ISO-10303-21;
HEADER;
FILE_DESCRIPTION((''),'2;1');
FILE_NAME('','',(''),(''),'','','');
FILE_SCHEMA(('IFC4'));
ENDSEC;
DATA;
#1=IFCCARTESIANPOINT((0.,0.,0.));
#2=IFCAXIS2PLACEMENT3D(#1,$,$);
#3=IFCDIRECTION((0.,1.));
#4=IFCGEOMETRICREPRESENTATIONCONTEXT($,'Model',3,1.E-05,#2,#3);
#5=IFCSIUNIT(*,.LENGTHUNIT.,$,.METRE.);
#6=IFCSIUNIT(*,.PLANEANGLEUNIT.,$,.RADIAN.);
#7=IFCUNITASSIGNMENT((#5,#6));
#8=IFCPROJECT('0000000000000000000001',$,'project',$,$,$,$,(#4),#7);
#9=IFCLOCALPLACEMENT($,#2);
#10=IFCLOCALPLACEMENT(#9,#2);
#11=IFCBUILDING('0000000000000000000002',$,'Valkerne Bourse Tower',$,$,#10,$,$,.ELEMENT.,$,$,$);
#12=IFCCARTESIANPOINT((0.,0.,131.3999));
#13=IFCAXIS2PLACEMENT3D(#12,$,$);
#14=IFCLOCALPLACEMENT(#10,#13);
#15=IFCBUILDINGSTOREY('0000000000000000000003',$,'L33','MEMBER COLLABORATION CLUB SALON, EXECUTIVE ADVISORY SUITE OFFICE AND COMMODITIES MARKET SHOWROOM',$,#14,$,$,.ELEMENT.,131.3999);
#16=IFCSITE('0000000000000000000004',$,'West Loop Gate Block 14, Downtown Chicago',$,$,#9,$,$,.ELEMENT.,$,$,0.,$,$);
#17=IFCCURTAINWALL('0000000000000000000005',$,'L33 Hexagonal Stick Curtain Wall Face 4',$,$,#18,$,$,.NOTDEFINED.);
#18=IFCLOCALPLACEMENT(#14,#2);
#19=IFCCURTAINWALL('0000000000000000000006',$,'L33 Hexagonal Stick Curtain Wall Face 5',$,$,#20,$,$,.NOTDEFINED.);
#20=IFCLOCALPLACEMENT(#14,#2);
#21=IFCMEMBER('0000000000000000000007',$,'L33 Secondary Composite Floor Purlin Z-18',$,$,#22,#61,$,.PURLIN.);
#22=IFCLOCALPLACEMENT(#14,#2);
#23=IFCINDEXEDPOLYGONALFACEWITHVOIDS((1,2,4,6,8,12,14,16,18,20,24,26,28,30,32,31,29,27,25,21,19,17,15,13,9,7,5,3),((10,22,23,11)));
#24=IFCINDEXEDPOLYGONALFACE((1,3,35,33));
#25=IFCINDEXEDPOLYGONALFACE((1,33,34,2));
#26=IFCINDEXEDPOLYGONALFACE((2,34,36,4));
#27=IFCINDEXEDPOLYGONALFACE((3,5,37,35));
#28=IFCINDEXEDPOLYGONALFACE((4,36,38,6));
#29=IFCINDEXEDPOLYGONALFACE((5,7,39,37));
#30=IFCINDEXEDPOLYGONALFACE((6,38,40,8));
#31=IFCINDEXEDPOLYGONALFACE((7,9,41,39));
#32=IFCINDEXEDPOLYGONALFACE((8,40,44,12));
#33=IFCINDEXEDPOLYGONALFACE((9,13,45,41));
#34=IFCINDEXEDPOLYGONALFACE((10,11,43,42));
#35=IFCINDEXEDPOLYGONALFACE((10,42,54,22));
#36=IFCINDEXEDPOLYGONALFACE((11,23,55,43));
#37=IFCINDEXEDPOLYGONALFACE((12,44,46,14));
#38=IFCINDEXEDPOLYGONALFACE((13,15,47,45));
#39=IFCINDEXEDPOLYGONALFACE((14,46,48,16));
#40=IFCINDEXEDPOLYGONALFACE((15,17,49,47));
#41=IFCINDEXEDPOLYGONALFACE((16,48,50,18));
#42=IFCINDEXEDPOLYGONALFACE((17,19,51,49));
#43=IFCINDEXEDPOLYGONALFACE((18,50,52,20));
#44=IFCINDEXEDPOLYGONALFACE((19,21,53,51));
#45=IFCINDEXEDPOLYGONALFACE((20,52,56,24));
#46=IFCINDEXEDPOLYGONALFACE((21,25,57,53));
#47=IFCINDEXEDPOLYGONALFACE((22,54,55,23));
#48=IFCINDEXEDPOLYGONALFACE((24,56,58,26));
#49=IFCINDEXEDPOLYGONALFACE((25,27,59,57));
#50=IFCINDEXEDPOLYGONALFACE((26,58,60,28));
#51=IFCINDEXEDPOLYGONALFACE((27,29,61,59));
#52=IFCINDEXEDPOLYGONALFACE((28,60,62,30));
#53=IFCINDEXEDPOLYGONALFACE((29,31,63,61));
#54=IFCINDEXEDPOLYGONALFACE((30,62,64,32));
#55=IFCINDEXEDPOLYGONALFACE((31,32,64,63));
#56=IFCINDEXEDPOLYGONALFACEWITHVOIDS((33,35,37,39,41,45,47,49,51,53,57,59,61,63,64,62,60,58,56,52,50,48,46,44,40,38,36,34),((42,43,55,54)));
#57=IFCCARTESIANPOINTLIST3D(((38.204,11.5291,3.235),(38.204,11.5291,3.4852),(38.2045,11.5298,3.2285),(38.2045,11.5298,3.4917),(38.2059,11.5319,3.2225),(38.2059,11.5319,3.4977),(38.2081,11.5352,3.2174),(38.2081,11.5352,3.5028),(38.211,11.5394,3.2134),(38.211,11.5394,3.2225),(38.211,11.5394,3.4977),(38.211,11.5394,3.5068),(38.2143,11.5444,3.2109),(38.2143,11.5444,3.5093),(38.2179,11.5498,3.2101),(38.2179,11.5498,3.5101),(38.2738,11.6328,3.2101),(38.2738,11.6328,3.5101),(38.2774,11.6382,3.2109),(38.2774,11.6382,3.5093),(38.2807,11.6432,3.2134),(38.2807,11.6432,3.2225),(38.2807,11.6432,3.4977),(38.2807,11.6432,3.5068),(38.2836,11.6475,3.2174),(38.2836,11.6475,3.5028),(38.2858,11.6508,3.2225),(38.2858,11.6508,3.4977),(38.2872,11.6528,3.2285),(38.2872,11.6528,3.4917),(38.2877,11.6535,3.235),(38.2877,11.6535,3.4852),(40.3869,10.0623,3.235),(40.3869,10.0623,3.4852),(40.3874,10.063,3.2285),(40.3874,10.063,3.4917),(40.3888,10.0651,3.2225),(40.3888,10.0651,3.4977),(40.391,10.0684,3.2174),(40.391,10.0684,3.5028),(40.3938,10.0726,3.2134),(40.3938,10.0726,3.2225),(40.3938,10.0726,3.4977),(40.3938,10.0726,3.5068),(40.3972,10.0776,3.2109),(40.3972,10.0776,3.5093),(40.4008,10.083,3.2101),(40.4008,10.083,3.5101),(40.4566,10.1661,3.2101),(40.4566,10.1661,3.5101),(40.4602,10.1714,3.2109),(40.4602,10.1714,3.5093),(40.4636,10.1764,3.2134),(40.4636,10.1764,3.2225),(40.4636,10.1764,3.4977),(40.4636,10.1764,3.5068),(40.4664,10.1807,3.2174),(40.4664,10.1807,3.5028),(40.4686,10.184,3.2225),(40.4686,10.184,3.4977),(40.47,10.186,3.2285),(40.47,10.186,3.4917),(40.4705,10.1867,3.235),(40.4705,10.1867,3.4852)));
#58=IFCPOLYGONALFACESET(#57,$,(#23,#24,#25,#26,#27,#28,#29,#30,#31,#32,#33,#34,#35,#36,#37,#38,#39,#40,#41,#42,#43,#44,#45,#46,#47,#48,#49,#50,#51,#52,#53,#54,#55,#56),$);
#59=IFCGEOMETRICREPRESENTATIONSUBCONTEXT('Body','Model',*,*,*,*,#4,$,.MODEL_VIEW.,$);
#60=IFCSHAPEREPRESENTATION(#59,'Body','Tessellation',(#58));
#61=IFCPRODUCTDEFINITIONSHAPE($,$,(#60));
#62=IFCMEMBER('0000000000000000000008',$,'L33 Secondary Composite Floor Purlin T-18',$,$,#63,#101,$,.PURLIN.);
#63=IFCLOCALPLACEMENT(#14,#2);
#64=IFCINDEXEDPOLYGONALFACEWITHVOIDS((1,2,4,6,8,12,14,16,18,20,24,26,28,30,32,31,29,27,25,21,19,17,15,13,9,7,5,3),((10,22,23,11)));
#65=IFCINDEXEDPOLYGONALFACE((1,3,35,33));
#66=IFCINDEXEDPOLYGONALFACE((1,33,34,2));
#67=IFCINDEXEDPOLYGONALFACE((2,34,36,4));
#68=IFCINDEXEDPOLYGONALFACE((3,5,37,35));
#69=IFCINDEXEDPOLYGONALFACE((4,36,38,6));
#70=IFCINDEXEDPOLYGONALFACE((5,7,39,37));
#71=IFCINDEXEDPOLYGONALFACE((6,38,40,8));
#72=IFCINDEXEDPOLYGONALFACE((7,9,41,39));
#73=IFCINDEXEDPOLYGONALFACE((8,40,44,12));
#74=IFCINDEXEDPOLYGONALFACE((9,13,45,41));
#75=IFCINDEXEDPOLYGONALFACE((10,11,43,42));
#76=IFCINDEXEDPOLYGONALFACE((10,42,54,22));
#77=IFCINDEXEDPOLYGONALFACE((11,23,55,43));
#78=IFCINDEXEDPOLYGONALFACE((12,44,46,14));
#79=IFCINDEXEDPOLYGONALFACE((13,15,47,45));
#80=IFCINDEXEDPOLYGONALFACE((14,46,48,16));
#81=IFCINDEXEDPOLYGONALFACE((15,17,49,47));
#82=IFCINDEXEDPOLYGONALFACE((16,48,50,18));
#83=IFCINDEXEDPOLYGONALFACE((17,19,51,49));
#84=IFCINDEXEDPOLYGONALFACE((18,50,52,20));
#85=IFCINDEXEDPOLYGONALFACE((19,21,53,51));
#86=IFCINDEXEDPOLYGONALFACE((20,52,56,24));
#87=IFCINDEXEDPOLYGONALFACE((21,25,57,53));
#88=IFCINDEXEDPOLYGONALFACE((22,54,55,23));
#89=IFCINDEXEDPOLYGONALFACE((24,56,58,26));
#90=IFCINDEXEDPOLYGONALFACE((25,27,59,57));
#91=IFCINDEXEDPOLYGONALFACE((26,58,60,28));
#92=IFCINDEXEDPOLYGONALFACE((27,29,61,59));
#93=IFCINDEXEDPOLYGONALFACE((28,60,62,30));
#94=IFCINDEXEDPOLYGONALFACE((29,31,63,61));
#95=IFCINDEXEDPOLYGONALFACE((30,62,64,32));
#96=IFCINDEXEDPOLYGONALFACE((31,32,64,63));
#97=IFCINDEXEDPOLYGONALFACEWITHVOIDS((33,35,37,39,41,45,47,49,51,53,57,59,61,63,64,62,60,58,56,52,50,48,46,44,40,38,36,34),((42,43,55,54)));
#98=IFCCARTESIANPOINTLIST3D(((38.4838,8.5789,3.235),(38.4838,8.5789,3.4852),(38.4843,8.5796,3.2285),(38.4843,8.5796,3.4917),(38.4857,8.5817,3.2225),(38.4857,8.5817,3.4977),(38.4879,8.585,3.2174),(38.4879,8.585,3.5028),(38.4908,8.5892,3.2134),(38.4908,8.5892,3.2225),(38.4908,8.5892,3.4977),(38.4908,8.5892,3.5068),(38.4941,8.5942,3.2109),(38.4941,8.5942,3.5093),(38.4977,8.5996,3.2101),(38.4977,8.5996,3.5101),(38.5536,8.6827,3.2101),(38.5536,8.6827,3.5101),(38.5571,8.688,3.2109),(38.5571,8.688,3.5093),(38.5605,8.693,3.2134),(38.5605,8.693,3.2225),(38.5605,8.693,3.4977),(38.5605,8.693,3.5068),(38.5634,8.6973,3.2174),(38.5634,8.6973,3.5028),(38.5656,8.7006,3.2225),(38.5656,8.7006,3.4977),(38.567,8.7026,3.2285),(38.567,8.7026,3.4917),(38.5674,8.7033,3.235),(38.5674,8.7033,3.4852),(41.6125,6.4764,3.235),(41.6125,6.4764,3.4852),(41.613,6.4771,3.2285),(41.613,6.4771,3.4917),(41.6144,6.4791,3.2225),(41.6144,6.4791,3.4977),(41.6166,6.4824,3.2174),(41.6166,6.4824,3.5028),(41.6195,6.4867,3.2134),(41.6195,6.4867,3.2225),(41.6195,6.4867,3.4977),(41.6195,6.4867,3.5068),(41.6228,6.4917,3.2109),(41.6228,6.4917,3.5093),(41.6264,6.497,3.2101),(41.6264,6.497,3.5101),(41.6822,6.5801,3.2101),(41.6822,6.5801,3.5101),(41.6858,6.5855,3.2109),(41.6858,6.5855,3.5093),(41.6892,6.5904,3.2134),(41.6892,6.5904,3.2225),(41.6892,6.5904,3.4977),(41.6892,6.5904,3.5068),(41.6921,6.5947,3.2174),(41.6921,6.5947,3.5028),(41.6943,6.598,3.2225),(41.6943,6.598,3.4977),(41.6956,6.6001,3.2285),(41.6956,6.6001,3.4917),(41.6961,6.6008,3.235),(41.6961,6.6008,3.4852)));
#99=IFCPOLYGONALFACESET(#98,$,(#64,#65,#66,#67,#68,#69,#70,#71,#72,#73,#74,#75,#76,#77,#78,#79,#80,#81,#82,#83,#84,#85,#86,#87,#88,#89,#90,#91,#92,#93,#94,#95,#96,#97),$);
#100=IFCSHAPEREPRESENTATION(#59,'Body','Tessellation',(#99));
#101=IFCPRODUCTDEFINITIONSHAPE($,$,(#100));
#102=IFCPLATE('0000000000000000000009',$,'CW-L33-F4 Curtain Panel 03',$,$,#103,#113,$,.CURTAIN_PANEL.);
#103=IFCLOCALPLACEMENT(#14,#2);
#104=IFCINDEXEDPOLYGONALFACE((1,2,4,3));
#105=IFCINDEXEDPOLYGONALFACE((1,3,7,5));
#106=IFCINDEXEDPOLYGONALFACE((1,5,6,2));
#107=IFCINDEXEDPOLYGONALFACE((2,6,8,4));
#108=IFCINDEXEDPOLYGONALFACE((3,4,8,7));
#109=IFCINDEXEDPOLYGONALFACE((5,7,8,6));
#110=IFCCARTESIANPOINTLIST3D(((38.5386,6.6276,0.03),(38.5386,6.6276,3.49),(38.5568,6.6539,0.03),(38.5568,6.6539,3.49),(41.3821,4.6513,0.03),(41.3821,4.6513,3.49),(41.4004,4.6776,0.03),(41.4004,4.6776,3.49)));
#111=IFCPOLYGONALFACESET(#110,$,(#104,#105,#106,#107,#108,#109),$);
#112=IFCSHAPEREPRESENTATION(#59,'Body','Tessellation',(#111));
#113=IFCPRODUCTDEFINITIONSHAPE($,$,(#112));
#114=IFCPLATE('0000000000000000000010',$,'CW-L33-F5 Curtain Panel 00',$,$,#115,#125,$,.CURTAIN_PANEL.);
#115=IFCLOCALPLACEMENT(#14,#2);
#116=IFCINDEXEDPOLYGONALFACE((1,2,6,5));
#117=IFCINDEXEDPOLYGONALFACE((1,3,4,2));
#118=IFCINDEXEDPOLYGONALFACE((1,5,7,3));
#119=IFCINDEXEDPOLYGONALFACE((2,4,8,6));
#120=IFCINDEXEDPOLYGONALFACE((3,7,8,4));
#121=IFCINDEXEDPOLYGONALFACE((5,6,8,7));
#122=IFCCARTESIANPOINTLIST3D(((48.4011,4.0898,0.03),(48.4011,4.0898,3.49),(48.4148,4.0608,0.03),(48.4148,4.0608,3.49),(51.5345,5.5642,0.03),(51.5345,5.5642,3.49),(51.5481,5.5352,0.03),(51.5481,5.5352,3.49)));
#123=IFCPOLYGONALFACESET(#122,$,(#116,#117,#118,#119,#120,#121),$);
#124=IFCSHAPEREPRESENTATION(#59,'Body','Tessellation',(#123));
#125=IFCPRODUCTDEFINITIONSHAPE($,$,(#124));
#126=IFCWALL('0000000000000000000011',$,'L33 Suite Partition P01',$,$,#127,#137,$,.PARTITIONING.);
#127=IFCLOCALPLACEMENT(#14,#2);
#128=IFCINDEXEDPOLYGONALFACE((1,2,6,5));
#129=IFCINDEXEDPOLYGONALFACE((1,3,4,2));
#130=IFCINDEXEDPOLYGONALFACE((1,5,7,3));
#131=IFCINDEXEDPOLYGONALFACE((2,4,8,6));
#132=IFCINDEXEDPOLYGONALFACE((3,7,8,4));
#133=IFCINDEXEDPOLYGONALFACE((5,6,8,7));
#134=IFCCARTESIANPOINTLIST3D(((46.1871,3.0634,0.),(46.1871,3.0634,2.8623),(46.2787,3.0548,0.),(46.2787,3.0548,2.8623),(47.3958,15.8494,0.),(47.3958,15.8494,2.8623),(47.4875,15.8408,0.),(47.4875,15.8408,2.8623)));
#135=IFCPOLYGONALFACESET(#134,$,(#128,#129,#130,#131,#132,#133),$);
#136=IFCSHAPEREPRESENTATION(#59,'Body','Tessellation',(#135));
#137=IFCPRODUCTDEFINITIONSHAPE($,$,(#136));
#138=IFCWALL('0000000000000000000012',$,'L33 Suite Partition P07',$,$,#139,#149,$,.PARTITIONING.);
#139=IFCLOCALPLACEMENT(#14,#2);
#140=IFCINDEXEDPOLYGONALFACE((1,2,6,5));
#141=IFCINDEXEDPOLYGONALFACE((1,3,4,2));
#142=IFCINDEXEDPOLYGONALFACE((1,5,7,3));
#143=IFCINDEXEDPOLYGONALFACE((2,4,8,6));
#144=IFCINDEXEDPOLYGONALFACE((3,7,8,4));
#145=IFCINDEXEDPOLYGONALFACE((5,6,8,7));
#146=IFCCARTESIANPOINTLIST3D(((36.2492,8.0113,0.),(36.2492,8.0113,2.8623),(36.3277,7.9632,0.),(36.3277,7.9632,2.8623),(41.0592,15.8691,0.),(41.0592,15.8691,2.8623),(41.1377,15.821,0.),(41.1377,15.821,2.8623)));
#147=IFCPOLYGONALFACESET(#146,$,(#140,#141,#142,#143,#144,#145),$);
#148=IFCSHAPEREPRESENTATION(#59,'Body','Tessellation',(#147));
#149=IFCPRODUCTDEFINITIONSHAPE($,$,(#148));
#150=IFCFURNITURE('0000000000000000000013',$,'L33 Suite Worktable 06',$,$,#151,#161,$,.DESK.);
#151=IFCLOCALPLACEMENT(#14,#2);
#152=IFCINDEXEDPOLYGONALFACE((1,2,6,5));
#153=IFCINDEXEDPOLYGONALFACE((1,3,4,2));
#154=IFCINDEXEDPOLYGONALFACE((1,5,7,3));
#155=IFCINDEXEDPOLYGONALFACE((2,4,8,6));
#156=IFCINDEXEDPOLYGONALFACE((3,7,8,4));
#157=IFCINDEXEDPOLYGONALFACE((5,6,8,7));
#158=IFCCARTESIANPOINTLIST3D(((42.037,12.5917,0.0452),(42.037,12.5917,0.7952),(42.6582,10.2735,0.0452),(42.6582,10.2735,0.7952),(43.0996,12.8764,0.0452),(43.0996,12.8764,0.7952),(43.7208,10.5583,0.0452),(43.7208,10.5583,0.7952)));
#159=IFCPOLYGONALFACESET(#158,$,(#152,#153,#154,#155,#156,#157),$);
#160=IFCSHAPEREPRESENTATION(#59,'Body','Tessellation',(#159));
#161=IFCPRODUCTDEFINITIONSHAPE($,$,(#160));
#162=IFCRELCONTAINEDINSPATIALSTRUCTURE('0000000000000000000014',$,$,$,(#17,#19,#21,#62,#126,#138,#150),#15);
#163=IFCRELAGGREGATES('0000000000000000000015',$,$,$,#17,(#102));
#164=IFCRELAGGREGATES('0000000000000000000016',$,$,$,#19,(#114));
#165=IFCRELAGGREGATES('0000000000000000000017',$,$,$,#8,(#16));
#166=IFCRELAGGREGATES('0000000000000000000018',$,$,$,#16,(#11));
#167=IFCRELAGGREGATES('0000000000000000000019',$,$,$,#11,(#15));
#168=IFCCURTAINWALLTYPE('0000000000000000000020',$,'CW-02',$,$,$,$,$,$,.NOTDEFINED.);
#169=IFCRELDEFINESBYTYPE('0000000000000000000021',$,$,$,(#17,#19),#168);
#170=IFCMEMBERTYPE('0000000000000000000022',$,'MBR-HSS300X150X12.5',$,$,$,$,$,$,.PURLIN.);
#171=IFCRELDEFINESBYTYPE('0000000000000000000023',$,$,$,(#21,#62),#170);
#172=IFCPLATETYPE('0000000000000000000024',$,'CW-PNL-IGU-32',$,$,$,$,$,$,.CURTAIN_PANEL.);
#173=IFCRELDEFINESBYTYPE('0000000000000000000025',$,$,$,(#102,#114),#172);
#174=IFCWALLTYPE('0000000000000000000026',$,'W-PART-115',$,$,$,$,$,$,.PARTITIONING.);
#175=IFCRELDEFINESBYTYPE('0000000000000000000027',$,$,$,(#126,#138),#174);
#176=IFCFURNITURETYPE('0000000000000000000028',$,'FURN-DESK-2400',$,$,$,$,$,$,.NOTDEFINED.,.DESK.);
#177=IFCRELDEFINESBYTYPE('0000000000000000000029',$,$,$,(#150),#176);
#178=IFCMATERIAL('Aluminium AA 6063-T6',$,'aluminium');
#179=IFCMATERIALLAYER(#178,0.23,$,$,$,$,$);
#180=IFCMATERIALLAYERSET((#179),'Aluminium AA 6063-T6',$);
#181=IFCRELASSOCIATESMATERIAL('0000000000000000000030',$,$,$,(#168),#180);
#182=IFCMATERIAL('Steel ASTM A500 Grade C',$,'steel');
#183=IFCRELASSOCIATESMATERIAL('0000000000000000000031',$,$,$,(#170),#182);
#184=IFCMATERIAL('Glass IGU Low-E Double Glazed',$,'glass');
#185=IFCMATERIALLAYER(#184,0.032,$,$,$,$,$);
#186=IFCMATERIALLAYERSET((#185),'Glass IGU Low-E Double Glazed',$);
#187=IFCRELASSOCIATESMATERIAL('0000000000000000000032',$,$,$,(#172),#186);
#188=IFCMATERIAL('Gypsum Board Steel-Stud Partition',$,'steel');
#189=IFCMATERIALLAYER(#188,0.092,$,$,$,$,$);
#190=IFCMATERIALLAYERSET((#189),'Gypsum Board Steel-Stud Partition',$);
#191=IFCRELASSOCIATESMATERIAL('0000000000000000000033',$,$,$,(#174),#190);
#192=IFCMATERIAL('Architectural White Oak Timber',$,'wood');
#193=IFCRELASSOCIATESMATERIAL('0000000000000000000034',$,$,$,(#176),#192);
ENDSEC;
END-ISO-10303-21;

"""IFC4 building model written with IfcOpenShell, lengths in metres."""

from ifc_helpers import new_model, si_unit, direction, frame, frame_2d, origin, origin_2d, place, context, subcontext, project, spatial, rectangle, hollow_rectangle, extrude, material, layer, layer_set, material_profile, profile_set, type_object, element, aggregate, save


model = new_model("IFC4")

# Units and contexts
model_context = context("Model", 3, precision=1e-05, world=origin(), true_north=direction((0.0, 1.0)))
body_context = subcontext(model_context, "Body", "Model", "MODEL_VIEW")
ifc_project = project(units=[si_unit("LENGTHUNIT", "METRE"), si_unit("PLANEANGLEUNIT", "RADIAN")], contexts=[model_context])

# Site, building, storey
site_placement = place(None, origin())
site = spatial("IfcSite", under=ifc_project, at=site_placement, Name="West Loop Gate Block 14, Downtown Chicago", CompositionType="ELEMENT", RefElevation=0.0)
building_placement = place(site_placement, origin())
building = spatial("IfcBuilding", under=site, at=building_placement, Name="Valkerne Bourse Tower", CompositionType="ELEMENT")
storey_placement = place(building_placement, frame((0.0, 0.0, 131.3999)))
storey = spatial("IfcBuildingStorey", under=building, at=storey_placement, Name="L33", Description="MEMBER COLLABORATION CLUB SALON, EXECUTIVE ADVISORY SUITE OFFICE AND COMMODITIES MARKET SHOWROOM", CompositionType="ELEMENT", Elevation=131.3999)

# Curtain walls
ifc_material_1 = material(Name="Aluminium AA 6063-T6", Category="aluminium")
ifc_layer_1 = layer(ifc_material_1, 0.23)
ifc_layer_set_1 = layer_set([ifc_layer_1], Name="Aluminium AA 6063-T6")
curtain_wall_type = type_object("IfcCurtainWallType", Name="CW-02", PredefinedType="NOTDEFINED", material=ifc_layer_set_1)
curtain_wall_1_placement = place(storey_placement, origin())
curtain_wall_1 = element("IfcCurtainWall", 1, at=curtain_wall_1_placement, inside=storey, type_object=curtain_wall_type, Name="L33 Hexagonal Stick Curtain Wall Face 4", PredefinedType="NOTDEFINED")
curtain_wall_2_placement = place(storey_placement, origin())
curtain_wall_2 = element("IfcCurtainWall", 2, at=curtain_wall_2_placement, inside=storey, type_object=curtain_wall_type, Name="L33 Hexagonal Stick Curtain Wall Face 5", PredefinedType="NOTDEFINED")

# Members
ifc_material_2 = material(Name="Steel ASTM A500 Grade C", Category="steel")
ifc_material_profile_1 = material_profile(ifc_material_2, hollow_rectangle(XDim=0.1499, YDim=0.3, WallThickness=0.0125, OuterFilletRadius=0.0249, at=origin_2d()), Name="HSS300X150X12.5")
ifc_profile_set_1 = profile_set([ifc_material_profile_1], Name="Steel ASTM A500 Grade C")
member_type_1 = type_object("IfcMemberType", Name="MBR-HSS300X150X12.5", PredefinedType="PURLIN", material=ifc_profile_set_1)
member_1_placement = place(storey_placement, frame((38.2458, 11.5913, 3.3601), z_axis=(0.830017, -0.557739, 0.0), x_axis=(0.557739, 0.830017, 0.0)))
element("IfcMember", 3, at=member_1_placement, inside=storey, type_object=member_type_1, Name="L33 Secondary Composite Floor Purlin Z-18", PredefinedType="PURLIN", context=body_context, shape_type="SweptSolid", body=[
    extrude(hollow_rectangle(XDim=0.1499, YDim=0.3, WallThickness=0.0125, OuterFilletRadius=0.0249, at=origin_2d()), origin(), (0.0, 0.0, 1.0), 2.6299),
])
member_2_placement = place(storey_placement, frame((38.5256, 8.6411, 3.3601), z_axis=(0.829992, -0.557775, 0.0), x_axis=(0.557775, 0.829992, 0.0)))
element("IfcMember", 4, at=member_2_placement, inside=storey, type_object=member_type_1, Name="L33 Secondary Composite Floor Purlin T-18", PredefinedType="PURLIN", context=body_context, shape_type="SweptSolid", body=[
    extrude(hollow_rectangle(XDim=0.1499, YDim=0.3, WallThickness=0.0125, OuterFilletRadius=0.0249, at=origin_2d()), origin(), (0.0, 0.0, 1.0), 3.7695),
])

# Plates
ifc_material_3 = material(Name="Glass IGU Low-E Double Glazed", Category="glass")
ifc_layer_2 = layer(ifc_material_3, 0.032)
ifc_layer_set_2 = layer_set([ifc_layer_2], Name="Glass IGU Low-E Double Glazed")
plate_type = type_object("IfcPlateType", Name="CW-PNL-IGU-32", PredefinedType="CURTAIN_PANEL", material=ifc_layer_set_2)
plate_1_placement = place(storey_placement, frame((39.9695, 5.6526, 0.03), z_axis=(0.0, 0.0, 1.0), x_axis=(0.821153, -0.570707, 0.0)))
plate_1 = element("IfcPlate", 5, at=plate_1_placement, type_object=plate_type, Name="CW-L33-F4 Curtain Panel 03", PredefinedType="CURTAIN_PANEL", context=body_context, shape_type="SweptSolid", body=[
    extrude(rectangle(XDim=3.4629, YDim=0.032, at=origin_2d()), origin(), (0.0, 0.0, 1.0), 3.46),
])
aggregate(curtain_wall_1, [plate_1])
plate_2_placement = place(storey_placement, frame((49.9746, 4.8125, 0.03), z_axis=(0.0, 0.0, 1.0), x_axis=(0.904828, 0.425777, 0.0)))
plate_2 = element("IfcPlate", 6, at=plate_2_placement, type_object=plate_type, Name="CW-L33-F5 Curtain Panel 00", PredefinedType="CURTAIN_PANEL", context=body_context, shape_type="SweptSolid", body=[
    extrude(rectangle(XDim=3.4629, YDim=0.032, at=origin_2d()), origin(), (0.0, 0.0, 1.0), 3.46),
])
aggregate(curtain_wall_2, [plate_2])

# Walls
ifc_material_4 = material(Name="Gypsum Board Steel-Stud Partition", Category="steel")
ifc_layer_3 = layer(ifc_material_4, 0.092)
ifc_layer_set_3 = layer_set([ifc_layer_3], Name="Gypsum Board Steel-Stud Partition")
wall_type = type_object("IfcWallType", Name="W-PART-115", PredefinedType="PARTITIONING", material=ifc_layer_set_3)
wall_1_placement = place(storey_placement, frame((47.4417, 15.845, 0.0), z_axis=(0.0, 0.0, 1.0), x_axis=(-0.094117, -0.995561, 0.0)))
element("IfcWall", 7, at=wall_1_placement, inside=storey, type_object=wall_type, Name="L33 Suite Partition P01", PredefinedType="PARTITIONING", context=body_context, shape_type="SweptSolid", body=[
    extrude(rectangle(XDim=12.843, YDim=0.092, at=frame_2d((6.4214, 0.0))), origin(), (0.0, 0.0, 1.0), 2.8623),
])
wall_2_placement = place(storey_placement, frame((41.0984, 15.845, 0.0), z_axis=(0.0, 0.0, 1.0), x_axis=(-0.522082, -0.852895, 0.0)))
element("IfcWall", 8, at=wall_2_placement, inside=storey, type_object=wall_type, Name="L33 Suite Partition P07", PredefinedType="PARTITIONING", context=body_context, shape_type="SweptSolid", body=[
    extrude(rectangle(XDim=9.2131, YDim=0.092, at=frame_2d((4.6064, 0.0))), origin(), (0.0, 0.0, 1.0), 2.8623),
])

# Furniture
ifc_material_5 = material(Name="Architectural White Oak Timber", Category="wood")
furniture_type = type_object("IfcFurnitureType", Name="FURN-DESK-2400", AssemblyPlace="NOTDEFINED", PredefinedType="DESK", material=ifc_material_5)
furniture_placement = place(storey_placement, frame((42.8789, 11.575, 0.0452), z_axis=(0.0, 0.0, 1.0), x_axis=(-0.258819, 0.965926, 0.0)))
element("IfcFurniture", 9, at=furniture_placement, inside=storey, type_object=furniture_type, Name="L33 Suite Worktable 06", PredefinedType="DESK", context=body_context, shape_type="SweptSolid", body=[
    extrude(rectangle(XDim=2.3999, YDim=1.1001, at=origin_2d()), origin(), (0.0, 0.0, 1.0), 0.75),
])

save(model, "model.ifc")
